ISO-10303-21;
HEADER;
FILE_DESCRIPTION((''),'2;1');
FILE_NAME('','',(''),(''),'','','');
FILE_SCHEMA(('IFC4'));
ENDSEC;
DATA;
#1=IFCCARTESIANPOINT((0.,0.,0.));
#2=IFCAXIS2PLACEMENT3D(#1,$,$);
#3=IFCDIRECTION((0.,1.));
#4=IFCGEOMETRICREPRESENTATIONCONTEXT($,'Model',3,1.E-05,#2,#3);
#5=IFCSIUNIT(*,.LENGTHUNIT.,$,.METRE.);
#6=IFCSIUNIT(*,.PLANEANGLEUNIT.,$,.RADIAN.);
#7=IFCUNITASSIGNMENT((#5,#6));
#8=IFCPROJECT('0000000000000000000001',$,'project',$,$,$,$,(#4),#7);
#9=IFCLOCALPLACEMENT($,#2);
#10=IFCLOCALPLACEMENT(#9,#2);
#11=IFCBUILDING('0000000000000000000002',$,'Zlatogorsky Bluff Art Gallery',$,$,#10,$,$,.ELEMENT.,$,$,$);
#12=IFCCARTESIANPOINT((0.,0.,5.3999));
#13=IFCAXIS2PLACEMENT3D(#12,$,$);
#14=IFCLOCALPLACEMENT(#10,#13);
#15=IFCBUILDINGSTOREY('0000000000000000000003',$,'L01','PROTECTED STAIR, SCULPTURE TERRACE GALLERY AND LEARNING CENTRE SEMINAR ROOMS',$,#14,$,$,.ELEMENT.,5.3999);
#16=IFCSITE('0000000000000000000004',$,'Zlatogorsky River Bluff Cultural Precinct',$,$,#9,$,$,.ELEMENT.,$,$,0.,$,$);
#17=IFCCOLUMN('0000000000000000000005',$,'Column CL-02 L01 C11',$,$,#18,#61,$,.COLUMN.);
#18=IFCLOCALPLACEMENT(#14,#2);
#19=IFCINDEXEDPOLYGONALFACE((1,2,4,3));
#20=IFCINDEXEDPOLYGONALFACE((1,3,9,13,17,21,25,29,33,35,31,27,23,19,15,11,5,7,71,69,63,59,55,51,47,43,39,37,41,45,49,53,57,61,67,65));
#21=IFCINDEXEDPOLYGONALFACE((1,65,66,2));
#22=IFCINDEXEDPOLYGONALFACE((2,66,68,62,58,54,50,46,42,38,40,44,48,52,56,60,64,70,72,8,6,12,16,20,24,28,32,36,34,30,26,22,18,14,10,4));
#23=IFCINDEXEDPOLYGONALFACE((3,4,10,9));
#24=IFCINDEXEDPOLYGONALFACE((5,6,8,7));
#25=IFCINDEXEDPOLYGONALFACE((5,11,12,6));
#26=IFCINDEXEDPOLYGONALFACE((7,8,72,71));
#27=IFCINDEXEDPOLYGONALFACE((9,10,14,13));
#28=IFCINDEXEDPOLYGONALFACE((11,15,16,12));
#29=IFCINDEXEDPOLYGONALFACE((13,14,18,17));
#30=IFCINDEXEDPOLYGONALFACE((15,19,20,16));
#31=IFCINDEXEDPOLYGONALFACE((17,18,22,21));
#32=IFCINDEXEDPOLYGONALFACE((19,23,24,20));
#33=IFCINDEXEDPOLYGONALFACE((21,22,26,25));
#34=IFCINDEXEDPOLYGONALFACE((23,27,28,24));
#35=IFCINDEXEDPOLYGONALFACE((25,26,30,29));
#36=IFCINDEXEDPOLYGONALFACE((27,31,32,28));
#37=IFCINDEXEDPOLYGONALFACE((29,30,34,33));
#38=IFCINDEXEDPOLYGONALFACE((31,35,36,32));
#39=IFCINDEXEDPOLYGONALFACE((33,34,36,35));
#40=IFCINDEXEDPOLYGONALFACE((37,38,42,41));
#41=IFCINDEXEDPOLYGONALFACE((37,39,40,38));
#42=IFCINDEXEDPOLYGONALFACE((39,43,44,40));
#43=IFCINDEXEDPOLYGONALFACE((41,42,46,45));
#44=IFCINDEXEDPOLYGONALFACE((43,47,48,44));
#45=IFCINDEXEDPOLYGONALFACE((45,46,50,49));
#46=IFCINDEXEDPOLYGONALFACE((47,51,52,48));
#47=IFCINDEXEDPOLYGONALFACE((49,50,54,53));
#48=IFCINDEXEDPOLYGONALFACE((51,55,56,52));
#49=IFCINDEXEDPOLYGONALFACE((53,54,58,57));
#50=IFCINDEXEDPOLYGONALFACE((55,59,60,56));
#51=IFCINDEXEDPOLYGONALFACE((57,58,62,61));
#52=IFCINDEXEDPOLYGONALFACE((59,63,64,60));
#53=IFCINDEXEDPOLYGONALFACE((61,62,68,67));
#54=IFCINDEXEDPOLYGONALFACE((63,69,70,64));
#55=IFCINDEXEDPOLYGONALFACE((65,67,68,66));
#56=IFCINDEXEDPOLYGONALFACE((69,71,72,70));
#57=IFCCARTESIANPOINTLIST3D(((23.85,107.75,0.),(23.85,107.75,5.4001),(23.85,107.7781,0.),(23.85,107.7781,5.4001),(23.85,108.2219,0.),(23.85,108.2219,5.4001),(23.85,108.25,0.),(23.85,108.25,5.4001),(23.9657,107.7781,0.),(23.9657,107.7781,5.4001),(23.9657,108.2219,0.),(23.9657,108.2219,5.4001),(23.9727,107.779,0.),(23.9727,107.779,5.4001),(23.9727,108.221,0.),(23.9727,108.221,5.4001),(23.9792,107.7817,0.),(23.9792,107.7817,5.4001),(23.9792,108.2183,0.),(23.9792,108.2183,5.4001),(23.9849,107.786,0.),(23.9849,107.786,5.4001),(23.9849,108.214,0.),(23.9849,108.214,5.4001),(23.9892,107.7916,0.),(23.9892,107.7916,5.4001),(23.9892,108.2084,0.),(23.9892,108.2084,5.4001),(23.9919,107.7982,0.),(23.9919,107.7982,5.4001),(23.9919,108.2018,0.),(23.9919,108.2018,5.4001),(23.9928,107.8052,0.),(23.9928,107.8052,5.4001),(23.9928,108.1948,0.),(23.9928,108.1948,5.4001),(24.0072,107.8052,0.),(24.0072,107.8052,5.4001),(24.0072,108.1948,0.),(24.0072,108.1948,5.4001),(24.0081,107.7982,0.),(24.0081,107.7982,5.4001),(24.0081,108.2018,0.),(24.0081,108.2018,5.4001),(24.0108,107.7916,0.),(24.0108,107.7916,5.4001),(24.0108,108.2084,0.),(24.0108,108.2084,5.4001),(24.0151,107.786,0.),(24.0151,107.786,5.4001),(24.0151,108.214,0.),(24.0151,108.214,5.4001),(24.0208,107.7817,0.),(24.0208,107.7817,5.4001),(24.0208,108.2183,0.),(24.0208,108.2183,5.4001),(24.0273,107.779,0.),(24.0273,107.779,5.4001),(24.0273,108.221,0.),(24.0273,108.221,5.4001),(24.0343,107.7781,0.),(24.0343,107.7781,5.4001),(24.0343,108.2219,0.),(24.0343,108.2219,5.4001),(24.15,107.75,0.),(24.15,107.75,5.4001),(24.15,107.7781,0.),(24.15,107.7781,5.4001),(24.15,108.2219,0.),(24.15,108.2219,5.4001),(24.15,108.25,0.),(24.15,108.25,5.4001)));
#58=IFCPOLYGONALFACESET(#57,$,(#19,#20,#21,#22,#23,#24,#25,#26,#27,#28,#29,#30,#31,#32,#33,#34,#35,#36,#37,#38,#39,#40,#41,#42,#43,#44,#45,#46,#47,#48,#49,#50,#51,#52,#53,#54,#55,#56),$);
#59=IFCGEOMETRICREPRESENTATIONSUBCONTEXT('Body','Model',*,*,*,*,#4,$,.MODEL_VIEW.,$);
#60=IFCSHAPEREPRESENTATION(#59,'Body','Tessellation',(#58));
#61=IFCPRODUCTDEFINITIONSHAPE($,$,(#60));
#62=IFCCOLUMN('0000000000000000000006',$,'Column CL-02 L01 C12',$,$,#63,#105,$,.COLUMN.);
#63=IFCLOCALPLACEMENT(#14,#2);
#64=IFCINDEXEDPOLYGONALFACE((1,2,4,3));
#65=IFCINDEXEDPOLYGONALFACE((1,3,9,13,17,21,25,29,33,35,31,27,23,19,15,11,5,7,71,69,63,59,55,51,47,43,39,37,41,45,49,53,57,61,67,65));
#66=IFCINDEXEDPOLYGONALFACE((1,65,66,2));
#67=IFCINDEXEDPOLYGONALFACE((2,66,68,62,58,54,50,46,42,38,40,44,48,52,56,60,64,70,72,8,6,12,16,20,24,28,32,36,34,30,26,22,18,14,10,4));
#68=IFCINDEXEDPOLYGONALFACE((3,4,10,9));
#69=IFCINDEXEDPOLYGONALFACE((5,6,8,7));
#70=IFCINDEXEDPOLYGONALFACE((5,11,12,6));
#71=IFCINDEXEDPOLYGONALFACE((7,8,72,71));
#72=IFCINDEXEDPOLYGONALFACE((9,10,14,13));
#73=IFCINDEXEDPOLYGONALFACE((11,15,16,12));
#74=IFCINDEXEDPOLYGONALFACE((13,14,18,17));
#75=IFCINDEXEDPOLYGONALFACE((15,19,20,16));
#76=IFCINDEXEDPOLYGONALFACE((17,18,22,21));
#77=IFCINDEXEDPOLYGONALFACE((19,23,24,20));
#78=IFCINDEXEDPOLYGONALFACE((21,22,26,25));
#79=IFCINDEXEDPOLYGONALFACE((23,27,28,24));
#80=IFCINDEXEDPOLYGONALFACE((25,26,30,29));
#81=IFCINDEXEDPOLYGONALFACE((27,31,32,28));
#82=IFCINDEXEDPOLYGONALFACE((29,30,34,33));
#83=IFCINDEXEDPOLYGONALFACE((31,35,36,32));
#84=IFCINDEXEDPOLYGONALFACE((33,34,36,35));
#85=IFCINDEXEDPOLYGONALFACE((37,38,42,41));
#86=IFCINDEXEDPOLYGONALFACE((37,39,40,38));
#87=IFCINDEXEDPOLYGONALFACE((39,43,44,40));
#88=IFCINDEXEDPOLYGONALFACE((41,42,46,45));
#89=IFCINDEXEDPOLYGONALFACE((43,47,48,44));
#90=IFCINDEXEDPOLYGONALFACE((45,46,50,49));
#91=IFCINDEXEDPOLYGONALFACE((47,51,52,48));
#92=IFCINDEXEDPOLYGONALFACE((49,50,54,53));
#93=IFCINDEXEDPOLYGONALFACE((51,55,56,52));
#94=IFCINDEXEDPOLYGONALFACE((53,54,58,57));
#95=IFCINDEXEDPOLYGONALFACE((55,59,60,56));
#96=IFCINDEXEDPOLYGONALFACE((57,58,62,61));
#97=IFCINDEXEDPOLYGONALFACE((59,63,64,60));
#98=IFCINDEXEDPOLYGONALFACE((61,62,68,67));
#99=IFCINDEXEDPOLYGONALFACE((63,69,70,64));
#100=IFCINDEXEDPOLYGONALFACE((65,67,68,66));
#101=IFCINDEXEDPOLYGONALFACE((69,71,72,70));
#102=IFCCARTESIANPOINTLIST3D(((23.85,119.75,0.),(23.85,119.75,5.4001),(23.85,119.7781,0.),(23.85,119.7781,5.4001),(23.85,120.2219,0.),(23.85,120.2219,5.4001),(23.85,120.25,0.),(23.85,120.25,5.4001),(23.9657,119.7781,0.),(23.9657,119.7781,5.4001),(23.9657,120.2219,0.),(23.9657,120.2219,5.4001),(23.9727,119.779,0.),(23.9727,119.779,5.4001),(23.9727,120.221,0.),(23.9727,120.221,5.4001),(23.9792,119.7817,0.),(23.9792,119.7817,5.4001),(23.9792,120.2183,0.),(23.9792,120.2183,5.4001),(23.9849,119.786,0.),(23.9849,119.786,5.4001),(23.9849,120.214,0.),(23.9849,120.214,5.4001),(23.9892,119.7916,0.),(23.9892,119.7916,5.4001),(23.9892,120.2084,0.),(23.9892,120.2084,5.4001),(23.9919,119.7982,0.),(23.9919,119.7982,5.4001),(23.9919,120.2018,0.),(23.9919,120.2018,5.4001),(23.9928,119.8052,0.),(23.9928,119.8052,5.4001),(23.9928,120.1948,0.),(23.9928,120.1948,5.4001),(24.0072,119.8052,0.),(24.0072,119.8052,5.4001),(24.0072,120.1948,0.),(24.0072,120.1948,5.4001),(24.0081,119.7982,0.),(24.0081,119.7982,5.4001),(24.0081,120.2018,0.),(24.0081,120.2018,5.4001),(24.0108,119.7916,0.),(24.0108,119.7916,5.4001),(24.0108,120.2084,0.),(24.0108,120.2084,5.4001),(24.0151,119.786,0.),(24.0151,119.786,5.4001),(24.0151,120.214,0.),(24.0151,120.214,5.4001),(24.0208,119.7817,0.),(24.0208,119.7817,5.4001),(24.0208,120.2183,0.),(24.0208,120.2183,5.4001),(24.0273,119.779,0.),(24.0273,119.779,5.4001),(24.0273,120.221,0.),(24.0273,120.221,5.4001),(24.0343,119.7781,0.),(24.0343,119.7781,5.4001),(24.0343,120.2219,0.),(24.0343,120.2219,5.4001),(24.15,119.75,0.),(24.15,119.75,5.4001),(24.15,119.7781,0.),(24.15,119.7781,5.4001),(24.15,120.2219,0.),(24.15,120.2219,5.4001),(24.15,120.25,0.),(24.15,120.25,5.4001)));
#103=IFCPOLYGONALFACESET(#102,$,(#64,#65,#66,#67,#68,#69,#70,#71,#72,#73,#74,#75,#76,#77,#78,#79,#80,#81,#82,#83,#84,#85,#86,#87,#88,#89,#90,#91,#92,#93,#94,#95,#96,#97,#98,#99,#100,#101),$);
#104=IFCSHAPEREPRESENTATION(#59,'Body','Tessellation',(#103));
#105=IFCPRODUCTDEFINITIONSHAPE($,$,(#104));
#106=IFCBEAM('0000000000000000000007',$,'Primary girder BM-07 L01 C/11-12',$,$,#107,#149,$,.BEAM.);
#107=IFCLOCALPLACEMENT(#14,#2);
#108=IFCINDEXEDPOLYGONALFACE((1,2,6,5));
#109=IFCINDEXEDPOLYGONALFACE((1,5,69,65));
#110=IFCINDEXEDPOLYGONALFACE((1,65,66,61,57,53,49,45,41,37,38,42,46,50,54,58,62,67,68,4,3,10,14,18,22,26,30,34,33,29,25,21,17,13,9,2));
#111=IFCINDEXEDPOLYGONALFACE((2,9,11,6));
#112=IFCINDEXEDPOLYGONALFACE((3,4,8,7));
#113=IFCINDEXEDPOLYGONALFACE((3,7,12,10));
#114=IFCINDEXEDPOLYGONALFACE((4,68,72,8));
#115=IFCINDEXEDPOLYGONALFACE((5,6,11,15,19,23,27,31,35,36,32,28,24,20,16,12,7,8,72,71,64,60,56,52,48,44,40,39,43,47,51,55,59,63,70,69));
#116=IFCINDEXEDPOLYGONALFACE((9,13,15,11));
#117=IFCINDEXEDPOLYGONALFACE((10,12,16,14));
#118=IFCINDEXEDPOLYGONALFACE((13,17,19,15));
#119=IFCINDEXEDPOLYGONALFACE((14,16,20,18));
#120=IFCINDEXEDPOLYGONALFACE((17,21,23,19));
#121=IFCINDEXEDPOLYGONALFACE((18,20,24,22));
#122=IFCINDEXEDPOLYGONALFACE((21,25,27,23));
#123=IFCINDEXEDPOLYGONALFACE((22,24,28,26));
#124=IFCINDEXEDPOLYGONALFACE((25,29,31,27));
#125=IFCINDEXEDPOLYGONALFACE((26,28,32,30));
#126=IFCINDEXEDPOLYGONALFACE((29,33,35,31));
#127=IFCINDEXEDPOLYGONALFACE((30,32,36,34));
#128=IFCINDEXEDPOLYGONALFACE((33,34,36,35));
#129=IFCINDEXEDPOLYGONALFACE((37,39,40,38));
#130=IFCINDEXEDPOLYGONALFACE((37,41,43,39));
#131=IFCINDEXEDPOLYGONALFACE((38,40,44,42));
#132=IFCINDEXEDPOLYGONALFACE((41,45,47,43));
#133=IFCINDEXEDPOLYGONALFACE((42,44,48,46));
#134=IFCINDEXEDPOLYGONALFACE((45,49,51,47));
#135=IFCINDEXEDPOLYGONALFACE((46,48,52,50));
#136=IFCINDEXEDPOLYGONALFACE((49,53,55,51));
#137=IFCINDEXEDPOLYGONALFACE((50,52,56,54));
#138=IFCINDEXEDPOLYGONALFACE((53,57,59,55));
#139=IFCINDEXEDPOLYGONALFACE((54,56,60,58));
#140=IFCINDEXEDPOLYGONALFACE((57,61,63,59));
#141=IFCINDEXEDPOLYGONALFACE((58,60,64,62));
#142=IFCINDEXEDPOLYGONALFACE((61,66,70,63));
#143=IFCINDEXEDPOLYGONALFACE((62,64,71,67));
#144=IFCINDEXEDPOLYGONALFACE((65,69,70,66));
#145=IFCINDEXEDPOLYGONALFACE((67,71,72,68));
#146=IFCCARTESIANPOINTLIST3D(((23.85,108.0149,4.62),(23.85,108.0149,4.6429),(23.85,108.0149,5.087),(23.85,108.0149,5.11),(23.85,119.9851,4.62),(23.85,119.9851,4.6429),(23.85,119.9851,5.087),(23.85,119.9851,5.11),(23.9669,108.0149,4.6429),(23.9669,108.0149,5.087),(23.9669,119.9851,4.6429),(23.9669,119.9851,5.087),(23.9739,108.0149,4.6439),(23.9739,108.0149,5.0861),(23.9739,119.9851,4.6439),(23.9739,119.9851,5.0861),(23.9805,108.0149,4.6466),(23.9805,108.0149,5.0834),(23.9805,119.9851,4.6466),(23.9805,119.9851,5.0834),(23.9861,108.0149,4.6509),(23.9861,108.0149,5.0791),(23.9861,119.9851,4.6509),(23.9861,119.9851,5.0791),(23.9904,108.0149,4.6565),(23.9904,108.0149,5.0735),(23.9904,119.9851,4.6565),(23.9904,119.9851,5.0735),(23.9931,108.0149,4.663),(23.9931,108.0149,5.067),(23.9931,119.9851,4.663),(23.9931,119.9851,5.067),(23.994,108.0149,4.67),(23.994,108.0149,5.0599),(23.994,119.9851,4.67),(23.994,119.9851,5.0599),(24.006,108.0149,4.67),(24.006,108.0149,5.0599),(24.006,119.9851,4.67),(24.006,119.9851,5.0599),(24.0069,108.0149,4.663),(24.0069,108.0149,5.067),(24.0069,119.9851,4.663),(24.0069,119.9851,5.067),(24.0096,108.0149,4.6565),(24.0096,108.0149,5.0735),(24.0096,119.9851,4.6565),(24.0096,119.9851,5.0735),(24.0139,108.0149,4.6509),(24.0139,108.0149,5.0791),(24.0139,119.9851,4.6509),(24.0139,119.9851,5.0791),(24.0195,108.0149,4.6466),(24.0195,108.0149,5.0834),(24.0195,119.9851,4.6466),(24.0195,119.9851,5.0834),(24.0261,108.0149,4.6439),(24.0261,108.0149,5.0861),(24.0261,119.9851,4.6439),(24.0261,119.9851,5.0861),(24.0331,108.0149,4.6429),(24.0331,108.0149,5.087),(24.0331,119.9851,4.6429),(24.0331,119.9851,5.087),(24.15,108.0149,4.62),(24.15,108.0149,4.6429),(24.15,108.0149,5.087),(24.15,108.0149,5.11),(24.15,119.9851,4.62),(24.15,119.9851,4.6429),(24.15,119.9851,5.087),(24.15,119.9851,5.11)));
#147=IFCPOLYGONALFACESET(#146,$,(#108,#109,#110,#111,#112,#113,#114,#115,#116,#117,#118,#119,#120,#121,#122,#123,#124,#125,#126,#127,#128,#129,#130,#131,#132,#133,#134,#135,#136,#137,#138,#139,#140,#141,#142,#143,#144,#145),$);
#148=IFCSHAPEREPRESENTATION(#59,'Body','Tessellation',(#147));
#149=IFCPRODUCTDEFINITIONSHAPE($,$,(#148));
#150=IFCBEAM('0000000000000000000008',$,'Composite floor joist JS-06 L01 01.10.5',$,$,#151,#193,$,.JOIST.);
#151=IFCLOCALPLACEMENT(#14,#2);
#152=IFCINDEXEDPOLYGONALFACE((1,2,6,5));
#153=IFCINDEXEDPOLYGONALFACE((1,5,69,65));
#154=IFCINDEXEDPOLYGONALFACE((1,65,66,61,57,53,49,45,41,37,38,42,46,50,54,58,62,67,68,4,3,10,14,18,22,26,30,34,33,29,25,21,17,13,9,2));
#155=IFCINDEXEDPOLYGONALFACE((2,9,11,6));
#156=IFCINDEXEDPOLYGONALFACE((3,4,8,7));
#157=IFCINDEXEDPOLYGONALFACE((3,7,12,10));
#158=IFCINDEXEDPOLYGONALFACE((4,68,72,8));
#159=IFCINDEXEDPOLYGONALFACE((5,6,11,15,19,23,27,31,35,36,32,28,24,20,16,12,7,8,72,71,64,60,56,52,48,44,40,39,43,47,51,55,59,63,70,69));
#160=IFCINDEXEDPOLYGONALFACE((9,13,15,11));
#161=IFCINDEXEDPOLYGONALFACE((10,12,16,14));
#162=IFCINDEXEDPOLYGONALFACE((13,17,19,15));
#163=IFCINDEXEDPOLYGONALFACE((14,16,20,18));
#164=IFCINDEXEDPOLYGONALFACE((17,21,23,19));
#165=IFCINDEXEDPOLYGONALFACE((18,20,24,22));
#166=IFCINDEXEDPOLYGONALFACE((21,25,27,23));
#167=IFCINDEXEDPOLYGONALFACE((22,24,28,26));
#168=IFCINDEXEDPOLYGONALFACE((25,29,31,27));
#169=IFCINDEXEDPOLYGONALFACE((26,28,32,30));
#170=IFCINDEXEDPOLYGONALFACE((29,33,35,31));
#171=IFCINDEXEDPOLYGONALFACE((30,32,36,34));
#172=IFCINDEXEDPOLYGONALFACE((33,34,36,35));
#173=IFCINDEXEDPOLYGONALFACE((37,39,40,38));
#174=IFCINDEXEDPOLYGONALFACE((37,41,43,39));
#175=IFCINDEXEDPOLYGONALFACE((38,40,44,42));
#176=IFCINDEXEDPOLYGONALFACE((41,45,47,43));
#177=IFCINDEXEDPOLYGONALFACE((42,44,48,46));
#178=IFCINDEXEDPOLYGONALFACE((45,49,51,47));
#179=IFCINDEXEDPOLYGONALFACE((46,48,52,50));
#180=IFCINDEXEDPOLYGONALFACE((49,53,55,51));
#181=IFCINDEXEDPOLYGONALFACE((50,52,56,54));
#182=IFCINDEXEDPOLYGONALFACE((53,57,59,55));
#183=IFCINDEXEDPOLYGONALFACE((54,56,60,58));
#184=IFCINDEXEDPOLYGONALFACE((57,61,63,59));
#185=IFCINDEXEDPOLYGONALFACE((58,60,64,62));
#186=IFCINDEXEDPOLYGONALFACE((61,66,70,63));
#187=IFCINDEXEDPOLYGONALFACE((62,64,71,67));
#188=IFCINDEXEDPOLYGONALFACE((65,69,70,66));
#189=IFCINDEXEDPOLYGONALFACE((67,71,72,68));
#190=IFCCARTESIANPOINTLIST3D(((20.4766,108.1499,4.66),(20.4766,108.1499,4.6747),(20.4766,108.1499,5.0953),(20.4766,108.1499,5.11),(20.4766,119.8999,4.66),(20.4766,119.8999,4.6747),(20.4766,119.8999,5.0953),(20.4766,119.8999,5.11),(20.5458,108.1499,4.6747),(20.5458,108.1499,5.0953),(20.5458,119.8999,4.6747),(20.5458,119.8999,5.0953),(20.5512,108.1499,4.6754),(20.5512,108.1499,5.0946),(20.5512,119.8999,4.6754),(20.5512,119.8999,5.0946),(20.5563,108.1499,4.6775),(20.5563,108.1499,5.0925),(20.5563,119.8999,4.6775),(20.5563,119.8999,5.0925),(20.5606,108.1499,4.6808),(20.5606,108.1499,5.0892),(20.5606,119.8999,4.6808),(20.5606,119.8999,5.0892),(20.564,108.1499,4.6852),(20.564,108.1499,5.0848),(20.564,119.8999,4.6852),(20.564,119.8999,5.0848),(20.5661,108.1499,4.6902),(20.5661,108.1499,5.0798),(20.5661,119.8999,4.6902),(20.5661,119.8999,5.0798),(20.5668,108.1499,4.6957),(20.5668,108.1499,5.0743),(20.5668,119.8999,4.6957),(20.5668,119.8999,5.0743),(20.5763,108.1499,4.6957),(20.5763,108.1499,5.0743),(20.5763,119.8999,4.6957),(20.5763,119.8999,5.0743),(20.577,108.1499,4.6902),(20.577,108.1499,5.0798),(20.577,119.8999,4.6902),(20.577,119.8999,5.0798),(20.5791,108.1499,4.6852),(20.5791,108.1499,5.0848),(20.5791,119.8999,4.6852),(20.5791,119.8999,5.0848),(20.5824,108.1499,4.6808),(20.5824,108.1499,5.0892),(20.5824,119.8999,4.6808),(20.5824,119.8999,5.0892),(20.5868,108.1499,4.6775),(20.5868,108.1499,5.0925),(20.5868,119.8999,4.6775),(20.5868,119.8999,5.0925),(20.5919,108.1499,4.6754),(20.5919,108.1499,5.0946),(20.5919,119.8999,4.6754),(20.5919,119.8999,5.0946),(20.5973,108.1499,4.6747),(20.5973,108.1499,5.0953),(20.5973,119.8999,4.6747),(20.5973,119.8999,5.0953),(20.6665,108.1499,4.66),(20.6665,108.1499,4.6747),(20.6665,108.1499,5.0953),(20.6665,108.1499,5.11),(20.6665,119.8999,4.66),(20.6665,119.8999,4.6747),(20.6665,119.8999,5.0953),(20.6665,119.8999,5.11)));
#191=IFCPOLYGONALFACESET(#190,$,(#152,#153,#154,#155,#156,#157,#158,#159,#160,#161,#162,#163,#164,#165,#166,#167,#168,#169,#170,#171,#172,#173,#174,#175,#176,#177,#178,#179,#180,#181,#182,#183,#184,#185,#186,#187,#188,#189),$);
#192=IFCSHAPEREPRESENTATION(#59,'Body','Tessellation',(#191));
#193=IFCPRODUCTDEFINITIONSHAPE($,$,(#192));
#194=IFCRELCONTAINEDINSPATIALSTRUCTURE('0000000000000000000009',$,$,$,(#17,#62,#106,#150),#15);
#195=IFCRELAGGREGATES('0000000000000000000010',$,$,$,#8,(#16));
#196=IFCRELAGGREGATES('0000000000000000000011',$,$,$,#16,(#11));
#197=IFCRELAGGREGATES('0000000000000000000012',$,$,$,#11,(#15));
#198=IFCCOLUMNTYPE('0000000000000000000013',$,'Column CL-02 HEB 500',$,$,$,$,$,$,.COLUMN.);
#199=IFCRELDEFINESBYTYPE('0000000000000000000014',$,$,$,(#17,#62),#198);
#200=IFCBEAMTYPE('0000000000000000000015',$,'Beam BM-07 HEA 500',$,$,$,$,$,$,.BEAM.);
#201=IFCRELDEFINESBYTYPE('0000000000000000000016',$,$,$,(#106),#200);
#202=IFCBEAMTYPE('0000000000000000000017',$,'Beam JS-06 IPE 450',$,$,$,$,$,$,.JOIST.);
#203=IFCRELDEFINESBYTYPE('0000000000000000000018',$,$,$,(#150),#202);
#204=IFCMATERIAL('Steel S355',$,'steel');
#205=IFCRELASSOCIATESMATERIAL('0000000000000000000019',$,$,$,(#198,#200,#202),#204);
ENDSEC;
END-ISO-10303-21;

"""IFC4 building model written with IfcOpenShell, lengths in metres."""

from ifc_helpers import new_model, si_unit, direction, frame, origin, origin_2d, place, context, subcontext, project, spatial, i_section, extrude, material, material_profile, profile_set, type_object, element, save


model = new_model("IFC4")

# Units and contexts
model_context = context("Model", 3, precision=1e-05, world=origin(), true_north=direction((0.0, 1.0)))
body_context = subcontext(model_context, "Body", "Model", "MODEL_VIEW")
ifc_project = project(units=[si_unit("LENGTHUNIT", "METRE"), si_unit("PLANEANGLEUNIT", "RADIAN")], contexts=[model_context])

# Site, building, storey
site_placement = place(None, origin())
site = spatial("IfcSite", under=ifc_project, at=site_placement, Name="Zlatogorsky River Bluff Cultural Precinct", CompositionType="ELEMENT", RefElevation=0.0)
building_placement = place(site_placement, origin())
building = spatial("IfcBuilding", under=site, at=building_placement, Name="Zlatogorsky Bluff Art Gallery", CompositionType="ELEMENT")
storey_placement = place(building_placement, frame((0.0, 0.0, 5.3999)))
storey = spatial("IfcBuildingStorey", under=building, at=storey_placement, Name="L01", Description="PROTECTED STAIR, SCULPTURE TERRACE GALLERY AND LEARNING CENTRE SEMINAR ROOMS", CompositionType="ELEMENT", Elevation=5.3999)

# Columns
ifc_material_1 = material(Name="Steel S355", Category="steel")
ifc_material_profile_1 = material_profile(ifc_material_1, i_section(OverallWidth=0.3, OverallDepth=0.5, WebThickness=0.0144, FlangeThickness=0.0281, FilletRadius=0.0271, at=origin_2d()), Name="HEB 500")
ifc_profile_set_1 = profile_set([ifc_material_profile_1], Name="Steel S355")
column_type = type_object("IfcColumnType", Name="Column CL-02 HEB 500", PredefinedType="COLUMN", material=ifc_profile_set_1)
for number, where, z_axis, x_axis, name in (
    (1, (24.0, 108.0, 0.0), (0.0, 0.0, 1.0), (1.0, 0.0, 0.0), "Column CL-02 L01 C11"),
    (2, (24.0, 120.0, 0.0), (0.0, 0.0, 1.0), (1.0, 0.0, 0.0), "Column CL-02 L01 C12"),
):
    element("IfcColumn", number, at=place(storey_placement, frame(where, z_axis=z_axis, x_axis=x_axis)), inside=storey, type_object=column_type, Name=name, PredefinedType="COLUMN", context=body_context, shape_type="SweptSolid", body=[
        extrude(i_section(OverallWidth=0.3, OverallDepth=0.5, WebThickness=0.0144, FlangeThickness=0.0281, FilletRadius=0.0271, at=origin_2d()), origin(), (0.0, 0.0, 1.0), 5.4001),
    ])

# Beams
ifc_material_profile_2 = material_profile(ifc_material_1, i_section(OverallWidth=0.3, OverallDepth=0.49, WebThickness=0.012, FlangeThickness=0.0229, FilletRadius=0.0271, at=origin_2d()), Name="HEA 500")
ifc_profile_set_2 = profile_set([ifc_material_profile_2], Name="Steel S355")
beam_type_1 = type_object("IfcBeamType", Name="Beam BM-07 HEA 500", PredefinedType="BEAM", material=ifc_profile_set_2)
beam_placement = place(storey_placement, frame((24.0, 108.0149, 4.865), z_axis=(0.0, 1.0, 0.0), x_axis=(-1.0, 0.0, 0.0)))
element("IfcBeam", 3, at=beam_placement, inside=storey, type_object=beam_type_1, Name="Primary girder BM-07 L01 C/11-12", PredefinedType="BEAM", context=body_context, shape_type="SweptSolid", body=[
    extrude(i_section(OverallWidth=0.3, OverallDepth=0.49, WebThickness=0.012, FlangeThickness=0.0229, FilletRadius=0.0271, at=origin_2d()), origin(), (0.0, 0.0, 1.0), 11.9702),
])
ifc_material_profile_3 = material_profile(ifc_material_1, i_section(OverallWidth=0.1899, OverallDepth=0.45, WebThickness=0.0095, FlangeThickness=0.0146, FilletRadius=0.021, at=origin_2d()), Name="IPE 450")
ifc_profile_set_3 = profile_set([ifc_material_profile_3], Name="Steel S355")
beam_type_2 = type_object("IfcBeamType", Name="Beam JS-06 IPE 450", PredefinedType="JOIST", material=ifc_profile_set_3)
for number, where, z_axis, x_axis, name in (
    (4, (20.5715, 108.1499, 4.885), (0.0, 1.0, 0.0), (-1.0, 0.0, 0.0), "Composite floor joist JS-06 L01 01.10.5"),
):
    element("IfcBeam", number, at=place(storey_placement, frame(where, z_axis=z_axis, x_axis=x_axis)), inside=storey, type_object=beam_type_2, Name=name, PredefinedType="JOIST", context=body_context, shape_type="SweptSolid", body=[
        extrude(i_section(OverallWidth=0.1899, OverallDepth=0.45, WebThickness=0.0095, FlangeThickness=0.0146, FilletRadius=0.021, at=origin_2d()), origin(), (0.0, 0.0, 1.0), 11.75),
    ])

save(model, "model.ifc")
